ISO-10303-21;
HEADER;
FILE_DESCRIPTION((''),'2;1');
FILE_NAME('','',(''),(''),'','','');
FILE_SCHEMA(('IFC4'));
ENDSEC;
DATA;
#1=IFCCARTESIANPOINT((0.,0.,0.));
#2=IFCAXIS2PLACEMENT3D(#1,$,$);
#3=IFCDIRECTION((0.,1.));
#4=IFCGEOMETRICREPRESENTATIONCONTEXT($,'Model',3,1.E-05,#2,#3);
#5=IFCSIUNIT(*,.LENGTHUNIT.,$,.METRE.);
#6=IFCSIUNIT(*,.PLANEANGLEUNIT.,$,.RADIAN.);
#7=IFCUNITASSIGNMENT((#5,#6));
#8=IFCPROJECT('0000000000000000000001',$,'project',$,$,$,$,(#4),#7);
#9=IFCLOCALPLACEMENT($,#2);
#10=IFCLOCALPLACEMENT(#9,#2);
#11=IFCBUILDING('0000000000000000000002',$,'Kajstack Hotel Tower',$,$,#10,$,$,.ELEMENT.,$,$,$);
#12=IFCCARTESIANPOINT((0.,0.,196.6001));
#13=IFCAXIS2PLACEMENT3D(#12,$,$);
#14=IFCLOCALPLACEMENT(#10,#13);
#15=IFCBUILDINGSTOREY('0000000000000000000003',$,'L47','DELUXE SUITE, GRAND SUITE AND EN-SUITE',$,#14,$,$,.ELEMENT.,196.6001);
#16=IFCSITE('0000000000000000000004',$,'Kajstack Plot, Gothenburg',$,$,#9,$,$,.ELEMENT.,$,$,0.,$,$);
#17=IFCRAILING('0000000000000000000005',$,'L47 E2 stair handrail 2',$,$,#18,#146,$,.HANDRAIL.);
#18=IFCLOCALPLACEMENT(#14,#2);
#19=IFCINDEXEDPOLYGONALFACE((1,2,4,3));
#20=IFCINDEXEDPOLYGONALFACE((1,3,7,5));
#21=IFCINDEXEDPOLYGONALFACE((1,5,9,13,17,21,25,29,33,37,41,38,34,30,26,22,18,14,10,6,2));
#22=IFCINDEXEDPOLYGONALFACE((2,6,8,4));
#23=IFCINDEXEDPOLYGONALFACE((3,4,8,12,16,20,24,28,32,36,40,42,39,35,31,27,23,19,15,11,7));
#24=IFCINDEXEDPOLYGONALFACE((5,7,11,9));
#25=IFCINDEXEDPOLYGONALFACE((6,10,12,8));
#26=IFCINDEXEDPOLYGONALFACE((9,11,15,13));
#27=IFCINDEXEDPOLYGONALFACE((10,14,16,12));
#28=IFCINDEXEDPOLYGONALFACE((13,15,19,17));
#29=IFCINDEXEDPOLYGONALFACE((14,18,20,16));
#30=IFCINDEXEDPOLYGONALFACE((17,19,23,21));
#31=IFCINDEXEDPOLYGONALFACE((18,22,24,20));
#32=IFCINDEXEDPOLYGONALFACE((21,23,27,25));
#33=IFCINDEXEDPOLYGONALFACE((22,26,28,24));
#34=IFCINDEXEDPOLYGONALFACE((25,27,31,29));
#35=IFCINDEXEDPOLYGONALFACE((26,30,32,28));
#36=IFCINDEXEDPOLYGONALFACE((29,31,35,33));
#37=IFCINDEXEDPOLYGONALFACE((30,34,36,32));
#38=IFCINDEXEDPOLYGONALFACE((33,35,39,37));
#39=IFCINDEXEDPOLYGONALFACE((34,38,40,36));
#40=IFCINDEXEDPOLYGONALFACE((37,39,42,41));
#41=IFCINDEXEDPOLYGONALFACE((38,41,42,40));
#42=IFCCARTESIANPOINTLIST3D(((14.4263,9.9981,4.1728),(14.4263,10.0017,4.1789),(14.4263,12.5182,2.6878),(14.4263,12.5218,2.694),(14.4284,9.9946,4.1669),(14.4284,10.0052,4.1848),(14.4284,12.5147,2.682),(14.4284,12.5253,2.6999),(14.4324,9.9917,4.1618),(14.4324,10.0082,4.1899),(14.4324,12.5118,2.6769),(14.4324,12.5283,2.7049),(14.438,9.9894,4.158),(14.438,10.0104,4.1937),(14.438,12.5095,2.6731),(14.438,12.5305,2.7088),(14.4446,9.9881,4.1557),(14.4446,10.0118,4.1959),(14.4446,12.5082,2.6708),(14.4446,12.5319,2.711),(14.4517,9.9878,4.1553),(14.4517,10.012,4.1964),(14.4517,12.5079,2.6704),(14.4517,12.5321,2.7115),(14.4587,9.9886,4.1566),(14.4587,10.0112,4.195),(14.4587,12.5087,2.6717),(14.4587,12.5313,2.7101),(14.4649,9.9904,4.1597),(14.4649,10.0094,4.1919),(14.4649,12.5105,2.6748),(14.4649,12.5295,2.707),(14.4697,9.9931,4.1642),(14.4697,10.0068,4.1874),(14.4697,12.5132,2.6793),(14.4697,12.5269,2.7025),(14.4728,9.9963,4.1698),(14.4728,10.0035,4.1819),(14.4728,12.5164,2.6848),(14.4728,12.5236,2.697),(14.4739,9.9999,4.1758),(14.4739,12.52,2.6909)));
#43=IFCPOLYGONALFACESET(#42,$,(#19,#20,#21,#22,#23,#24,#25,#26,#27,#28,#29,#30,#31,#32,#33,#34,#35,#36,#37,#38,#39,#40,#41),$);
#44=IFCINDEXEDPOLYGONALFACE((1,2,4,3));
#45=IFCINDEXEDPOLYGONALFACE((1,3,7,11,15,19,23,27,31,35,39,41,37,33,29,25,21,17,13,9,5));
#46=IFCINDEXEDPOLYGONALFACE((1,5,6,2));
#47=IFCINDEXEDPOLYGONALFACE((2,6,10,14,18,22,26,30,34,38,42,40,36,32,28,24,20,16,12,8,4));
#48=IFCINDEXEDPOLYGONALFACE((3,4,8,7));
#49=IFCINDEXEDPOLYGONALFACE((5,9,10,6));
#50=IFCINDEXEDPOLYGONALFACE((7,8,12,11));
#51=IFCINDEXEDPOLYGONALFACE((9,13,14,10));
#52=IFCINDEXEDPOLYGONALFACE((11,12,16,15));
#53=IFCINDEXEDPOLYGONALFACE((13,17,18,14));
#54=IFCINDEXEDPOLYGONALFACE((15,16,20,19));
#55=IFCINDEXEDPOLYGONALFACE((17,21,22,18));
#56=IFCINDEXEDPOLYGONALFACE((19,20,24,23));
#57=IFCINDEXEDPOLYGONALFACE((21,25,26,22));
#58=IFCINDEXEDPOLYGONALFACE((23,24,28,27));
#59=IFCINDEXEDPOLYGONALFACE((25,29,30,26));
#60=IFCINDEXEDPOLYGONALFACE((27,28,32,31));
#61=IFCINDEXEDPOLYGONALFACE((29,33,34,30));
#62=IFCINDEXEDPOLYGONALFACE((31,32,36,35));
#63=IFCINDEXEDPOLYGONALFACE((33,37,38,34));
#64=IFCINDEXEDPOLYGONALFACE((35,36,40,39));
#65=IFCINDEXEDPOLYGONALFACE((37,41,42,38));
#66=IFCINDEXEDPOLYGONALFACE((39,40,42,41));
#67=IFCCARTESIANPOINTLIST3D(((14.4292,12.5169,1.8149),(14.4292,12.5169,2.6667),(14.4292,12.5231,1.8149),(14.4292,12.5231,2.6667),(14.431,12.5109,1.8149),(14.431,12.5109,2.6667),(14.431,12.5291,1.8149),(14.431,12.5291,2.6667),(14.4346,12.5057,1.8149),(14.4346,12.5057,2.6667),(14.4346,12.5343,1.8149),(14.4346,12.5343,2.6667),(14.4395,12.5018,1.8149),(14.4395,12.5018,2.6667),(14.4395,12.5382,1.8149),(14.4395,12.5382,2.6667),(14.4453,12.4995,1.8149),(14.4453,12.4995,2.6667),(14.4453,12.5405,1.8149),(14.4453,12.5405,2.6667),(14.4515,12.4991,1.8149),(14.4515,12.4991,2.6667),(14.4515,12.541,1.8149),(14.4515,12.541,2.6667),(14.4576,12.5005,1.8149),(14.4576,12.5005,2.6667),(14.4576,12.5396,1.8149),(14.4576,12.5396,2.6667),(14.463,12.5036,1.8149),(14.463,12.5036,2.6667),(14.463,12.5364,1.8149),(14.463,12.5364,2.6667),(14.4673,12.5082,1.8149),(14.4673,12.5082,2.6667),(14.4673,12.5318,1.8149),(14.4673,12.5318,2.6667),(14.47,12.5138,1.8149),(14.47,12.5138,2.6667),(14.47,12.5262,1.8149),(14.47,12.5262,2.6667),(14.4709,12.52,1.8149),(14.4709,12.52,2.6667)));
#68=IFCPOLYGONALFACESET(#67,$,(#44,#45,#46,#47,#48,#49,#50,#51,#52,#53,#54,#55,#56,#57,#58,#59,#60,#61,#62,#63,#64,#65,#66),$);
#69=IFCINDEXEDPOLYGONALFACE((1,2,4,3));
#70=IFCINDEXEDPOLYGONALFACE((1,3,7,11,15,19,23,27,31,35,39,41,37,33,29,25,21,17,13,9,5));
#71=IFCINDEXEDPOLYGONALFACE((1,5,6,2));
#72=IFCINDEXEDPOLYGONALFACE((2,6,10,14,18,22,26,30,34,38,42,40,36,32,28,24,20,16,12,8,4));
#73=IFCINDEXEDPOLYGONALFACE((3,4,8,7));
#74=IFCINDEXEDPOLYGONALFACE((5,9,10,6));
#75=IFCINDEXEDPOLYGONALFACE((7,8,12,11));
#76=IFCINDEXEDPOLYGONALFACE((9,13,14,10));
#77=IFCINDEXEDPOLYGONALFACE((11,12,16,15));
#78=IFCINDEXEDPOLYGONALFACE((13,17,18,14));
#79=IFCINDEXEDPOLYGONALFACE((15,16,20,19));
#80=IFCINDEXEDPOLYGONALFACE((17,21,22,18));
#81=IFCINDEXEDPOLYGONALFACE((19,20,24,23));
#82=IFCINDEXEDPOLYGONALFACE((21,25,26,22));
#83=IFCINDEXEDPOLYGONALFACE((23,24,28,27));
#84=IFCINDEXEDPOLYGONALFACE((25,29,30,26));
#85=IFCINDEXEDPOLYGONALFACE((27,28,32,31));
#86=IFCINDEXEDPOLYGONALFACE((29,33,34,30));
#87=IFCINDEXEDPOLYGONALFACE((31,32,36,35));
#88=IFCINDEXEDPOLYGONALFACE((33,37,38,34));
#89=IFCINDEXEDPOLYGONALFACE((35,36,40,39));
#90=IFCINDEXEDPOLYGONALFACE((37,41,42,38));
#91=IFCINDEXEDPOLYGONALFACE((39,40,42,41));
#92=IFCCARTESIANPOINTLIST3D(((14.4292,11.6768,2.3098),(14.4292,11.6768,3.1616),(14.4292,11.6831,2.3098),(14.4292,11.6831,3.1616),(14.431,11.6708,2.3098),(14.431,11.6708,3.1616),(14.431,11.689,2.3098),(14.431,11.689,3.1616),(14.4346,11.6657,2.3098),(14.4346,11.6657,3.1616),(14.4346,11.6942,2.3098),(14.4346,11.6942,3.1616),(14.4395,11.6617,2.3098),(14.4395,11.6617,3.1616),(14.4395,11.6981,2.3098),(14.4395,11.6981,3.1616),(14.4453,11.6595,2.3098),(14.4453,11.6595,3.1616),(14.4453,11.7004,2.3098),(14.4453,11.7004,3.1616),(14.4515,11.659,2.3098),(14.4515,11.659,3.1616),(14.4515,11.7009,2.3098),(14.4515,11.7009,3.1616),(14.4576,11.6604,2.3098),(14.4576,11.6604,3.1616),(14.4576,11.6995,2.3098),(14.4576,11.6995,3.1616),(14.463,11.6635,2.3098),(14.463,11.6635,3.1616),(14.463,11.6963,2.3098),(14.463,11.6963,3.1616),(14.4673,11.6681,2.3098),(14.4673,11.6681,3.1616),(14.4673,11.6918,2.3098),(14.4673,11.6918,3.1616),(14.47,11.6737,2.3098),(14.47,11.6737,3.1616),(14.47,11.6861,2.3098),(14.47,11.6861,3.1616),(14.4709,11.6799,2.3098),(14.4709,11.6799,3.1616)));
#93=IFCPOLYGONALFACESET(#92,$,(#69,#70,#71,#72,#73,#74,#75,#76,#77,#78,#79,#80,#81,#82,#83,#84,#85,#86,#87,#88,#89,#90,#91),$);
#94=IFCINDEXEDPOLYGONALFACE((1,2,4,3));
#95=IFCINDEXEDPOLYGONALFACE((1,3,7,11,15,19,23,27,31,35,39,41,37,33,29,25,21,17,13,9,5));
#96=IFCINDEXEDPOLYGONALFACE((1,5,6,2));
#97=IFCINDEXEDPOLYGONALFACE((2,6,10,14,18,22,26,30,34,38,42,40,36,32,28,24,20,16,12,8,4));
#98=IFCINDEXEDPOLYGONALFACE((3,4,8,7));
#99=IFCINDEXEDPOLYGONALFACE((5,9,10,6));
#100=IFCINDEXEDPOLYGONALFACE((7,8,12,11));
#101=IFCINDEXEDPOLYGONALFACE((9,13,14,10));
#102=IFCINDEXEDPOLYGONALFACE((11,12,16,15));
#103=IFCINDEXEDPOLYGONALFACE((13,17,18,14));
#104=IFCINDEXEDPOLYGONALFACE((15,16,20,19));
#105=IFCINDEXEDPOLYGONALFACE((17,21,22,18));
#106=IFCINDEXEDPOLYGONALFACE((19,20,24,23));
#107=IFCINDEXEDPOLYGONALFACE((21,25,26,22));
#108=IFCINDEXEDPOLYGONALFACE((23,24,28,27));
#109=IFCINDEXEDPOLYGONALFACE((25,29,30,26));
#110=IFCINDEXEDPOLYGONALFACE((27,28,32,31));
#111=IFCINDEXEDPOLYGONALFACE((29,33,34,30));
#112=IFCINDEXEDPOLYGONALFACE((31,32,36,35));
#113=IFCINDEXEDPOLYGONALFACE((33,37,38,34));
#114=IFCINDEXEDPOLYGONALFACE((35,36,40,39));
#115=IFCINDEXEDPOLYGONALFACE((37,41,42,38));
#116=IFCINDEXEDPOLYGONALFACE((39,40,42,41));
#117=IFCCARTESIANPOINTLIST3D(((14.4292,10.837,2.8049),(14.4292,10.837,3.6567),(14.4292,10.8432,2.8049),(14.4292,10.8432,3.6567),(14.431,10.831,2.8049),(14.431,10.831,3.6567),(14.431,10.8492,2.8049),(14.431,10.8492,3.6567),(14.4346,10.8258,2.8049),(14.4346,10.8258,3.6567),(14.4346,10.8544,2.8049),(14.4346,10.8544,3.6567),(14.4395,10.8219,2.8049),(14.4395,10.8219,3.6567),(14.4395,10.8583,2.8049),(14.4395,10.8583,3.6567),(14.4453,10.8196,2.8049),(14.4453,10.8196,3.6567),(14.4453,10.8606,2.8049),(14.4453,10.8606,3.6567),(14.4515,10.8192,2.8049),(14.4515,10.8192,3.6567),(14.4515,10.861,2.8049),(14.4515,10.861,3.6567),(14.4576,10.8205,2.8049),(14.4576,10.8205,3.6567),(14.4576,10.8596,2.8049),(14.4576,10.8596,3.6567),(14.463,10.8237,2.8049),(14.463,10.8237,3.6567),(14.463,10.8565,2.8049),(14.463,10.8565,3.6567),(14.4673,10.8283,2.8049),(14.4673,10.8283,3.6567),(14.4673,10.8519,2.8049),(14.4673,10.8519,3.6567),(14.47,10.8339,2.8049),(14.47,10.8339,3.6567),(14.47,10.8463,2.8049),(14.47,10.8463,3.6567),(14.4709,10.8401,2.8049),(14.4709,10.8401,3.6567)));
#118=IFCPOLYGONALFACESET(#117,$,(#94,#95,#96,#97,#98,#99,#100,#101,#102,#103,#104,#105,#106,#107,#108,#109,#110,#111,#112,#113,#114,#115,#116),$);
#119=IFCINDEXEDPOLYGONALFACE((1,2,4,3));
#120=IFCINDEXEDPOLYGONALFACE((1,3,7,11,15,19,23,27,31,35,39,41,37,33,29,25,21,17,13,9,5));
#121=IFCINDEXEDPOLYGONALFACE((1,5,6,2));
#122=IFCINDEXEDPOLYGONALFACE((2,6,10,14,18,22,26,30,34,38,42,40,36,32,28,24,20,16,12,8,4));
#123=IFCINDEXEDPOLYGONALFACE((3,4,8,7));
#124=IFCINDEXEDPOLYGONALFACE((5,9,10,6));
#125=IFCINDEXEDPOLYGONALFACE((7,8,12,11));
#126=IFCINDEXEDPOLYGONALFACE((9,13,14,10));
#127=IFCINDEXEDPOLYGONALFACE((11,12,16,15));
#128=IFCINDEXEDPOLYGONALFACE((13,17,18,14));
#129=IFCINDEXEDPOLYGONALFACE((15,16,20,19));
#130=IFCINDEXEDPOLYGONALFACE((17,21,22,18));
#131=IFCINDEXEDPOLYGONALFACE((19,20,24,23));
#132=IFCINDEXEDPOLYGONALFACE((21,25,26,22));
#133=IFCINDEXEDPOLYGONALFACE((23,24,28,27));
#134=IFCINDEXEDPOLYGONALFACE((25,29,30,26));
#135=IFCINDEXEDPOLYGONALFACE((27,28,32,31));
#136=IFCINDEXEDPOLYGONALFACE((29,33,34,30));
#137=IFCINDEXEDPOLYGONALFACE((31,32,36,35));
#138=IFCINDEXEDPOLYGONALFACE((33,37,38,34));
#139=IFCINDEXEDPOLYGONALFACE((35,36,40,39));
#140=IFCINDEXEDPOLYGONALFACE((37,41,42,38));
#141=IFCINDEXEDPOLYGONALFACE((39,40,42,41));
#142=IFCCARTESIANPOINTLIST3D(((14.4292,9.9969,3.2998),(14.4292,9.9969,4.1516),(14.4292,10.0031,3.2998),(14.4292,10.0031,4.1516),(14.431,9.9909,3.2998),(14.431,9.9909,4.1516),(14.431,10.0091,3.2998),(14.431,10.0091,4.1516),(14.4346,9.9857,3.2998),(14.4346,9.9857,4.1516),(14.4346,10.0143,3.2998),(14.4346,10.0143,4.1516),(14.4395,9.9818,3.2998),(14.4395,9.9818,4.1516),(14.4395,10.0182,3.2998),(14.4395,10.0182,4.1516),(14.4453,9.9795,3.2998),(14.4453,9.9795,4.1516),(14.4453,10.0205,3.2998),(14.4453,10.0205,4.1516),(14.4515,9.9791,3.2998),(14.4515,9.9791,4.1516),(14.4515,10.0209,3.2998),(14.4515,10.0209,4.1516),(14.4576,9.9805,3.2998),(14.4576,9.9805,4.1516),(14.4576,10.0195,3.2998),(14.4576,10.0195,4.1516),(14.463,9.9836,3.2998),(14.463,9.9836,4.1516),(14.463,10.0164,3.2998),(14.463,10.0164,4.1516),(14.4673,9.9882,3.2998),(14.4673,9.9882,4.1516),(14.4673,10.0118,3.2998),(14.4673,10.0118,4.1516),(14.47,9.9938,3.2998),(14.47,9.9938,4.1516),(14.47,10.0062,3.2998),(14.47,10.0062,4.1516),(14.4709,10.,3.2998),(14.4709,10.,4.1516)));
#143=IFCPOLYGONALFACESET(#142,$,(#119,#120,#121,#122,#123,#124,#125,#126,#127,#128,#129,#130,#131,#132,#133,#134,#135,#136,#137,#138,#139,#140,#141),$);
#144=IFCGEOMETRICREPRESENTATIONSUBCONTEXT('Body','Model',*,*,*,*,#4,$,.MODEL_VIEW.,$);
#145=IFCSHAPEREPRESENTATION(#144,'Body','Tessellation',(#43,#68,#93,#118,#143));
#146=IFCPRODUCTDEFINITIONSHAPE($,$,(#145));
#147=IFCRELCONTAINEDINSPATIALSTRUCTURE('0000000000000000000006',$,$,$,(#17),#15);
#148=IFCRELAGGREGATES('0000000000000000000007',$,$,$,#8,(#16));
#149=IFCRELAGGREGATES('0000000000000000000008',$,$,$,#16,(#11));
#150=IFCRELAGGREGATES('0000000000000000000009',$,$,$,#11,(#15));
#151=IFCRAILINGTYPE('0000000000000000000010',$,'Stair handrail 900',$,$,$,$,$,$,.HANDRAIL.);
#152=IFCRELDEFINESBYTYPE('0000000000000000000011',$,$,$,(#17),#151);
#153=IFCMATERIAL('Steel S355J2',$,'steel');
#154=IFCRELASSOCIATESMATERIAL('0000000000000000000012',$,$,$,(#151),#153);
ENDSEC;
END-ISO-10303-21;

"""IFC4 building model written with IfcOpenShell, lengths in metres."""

from ifc_helpers import new_model, si_unit, direction, frame, origin, origin_2d, place, context, subcontext, project, spatial, circle, extrude, material, type_object, element, save


model = new_model("IFC4")

# Units and contexts
model_context = context("Model", 3, precision=1e-05, world=origin(), true_north=direction((0.0, 1.0)))
body_context = subcontext(model_context, "Body", "Model", "MODEL_VIEW")
ifc_project = project(units=[si_unit("LENGTHUNIT", "METRE"), si_unit("PLANEANGLEUNIT", "RADIAN")], contexts=[model_context])

# Site, building, storey
site_placement = place(None, origin())
site = spatial("IfcSite", under=ifc_project, at=site_placement, Name="Kajstack Plot, Gothenburg", CompositionType="ELEMENT", RefElevation=0.0)
building_placement = place(site_placement, origin())
building = spatial("IfcBuilding", under=site, at=building_placement, Name="Kajstack Hotel Tower", CompositionType="ELEMENT")
storey_placement = place(building_placement, frame((0.0, 0.0, 196.6001)))
storey = spatial("IfcBuildingStorey", under=building, at=storey_placement, Name="L47", Description="DELUXE SUITE, GRAND SUITE AND EN-SUITE", CompositionType="ELEMENT", Elevation=196.6001)

# Railing
ifc_material_1 = material(Name="Steel S355J2", Category="steel")
railing_type = type_object("IfcRailingType", Name="Stair handrail 900", PredefinedType="HANDRAIL", material=ifc_material_1)
railing_placement = place(storey_placement, frame((14.45, 12.52, 1.8149)))
element("IfcRailing", 1, at=railing_placement, inside=storey, type_object=railing_type, Name="L47 E2 stair handrail 2", PredefinedType="HANDRAIL", context=body_context, shape_type="SweptSolid", body=[
    extrude(circle(Radius=0.0239, at=origin_2d()), frame((0.0, 0.0, 0.876), z_axis=(0.0, -0.861561, 0.507655), x_axis=(1.0, 0.0, 0.0)), (0.0, 0.0, 1.0), 2.925),
    extrude(circle(Radius=0.021, at=origin_2d()), origin(), (0.0, 0.0, 1.0), 0.8518),
    extrude(circle(Radius=0.021, at=origin_2d()), frame((0.0, -0.8401, 0.4949)), (0.0, 0.0, 1.0), 0.8518),
    extrude(circle(Radius=0.021, at=origin_2d()), frame((0.0, -1.6799, 0.99)), (0.0, 0.0, 1.0), 0.8518),
    extrude(circle(Radius=0.021, at=origin_2d()), frame((0.0, -2.52, 1.4849)), (0.0, 0.0, 1.0), 0.8518),
])

save(model, "model.ifc")
